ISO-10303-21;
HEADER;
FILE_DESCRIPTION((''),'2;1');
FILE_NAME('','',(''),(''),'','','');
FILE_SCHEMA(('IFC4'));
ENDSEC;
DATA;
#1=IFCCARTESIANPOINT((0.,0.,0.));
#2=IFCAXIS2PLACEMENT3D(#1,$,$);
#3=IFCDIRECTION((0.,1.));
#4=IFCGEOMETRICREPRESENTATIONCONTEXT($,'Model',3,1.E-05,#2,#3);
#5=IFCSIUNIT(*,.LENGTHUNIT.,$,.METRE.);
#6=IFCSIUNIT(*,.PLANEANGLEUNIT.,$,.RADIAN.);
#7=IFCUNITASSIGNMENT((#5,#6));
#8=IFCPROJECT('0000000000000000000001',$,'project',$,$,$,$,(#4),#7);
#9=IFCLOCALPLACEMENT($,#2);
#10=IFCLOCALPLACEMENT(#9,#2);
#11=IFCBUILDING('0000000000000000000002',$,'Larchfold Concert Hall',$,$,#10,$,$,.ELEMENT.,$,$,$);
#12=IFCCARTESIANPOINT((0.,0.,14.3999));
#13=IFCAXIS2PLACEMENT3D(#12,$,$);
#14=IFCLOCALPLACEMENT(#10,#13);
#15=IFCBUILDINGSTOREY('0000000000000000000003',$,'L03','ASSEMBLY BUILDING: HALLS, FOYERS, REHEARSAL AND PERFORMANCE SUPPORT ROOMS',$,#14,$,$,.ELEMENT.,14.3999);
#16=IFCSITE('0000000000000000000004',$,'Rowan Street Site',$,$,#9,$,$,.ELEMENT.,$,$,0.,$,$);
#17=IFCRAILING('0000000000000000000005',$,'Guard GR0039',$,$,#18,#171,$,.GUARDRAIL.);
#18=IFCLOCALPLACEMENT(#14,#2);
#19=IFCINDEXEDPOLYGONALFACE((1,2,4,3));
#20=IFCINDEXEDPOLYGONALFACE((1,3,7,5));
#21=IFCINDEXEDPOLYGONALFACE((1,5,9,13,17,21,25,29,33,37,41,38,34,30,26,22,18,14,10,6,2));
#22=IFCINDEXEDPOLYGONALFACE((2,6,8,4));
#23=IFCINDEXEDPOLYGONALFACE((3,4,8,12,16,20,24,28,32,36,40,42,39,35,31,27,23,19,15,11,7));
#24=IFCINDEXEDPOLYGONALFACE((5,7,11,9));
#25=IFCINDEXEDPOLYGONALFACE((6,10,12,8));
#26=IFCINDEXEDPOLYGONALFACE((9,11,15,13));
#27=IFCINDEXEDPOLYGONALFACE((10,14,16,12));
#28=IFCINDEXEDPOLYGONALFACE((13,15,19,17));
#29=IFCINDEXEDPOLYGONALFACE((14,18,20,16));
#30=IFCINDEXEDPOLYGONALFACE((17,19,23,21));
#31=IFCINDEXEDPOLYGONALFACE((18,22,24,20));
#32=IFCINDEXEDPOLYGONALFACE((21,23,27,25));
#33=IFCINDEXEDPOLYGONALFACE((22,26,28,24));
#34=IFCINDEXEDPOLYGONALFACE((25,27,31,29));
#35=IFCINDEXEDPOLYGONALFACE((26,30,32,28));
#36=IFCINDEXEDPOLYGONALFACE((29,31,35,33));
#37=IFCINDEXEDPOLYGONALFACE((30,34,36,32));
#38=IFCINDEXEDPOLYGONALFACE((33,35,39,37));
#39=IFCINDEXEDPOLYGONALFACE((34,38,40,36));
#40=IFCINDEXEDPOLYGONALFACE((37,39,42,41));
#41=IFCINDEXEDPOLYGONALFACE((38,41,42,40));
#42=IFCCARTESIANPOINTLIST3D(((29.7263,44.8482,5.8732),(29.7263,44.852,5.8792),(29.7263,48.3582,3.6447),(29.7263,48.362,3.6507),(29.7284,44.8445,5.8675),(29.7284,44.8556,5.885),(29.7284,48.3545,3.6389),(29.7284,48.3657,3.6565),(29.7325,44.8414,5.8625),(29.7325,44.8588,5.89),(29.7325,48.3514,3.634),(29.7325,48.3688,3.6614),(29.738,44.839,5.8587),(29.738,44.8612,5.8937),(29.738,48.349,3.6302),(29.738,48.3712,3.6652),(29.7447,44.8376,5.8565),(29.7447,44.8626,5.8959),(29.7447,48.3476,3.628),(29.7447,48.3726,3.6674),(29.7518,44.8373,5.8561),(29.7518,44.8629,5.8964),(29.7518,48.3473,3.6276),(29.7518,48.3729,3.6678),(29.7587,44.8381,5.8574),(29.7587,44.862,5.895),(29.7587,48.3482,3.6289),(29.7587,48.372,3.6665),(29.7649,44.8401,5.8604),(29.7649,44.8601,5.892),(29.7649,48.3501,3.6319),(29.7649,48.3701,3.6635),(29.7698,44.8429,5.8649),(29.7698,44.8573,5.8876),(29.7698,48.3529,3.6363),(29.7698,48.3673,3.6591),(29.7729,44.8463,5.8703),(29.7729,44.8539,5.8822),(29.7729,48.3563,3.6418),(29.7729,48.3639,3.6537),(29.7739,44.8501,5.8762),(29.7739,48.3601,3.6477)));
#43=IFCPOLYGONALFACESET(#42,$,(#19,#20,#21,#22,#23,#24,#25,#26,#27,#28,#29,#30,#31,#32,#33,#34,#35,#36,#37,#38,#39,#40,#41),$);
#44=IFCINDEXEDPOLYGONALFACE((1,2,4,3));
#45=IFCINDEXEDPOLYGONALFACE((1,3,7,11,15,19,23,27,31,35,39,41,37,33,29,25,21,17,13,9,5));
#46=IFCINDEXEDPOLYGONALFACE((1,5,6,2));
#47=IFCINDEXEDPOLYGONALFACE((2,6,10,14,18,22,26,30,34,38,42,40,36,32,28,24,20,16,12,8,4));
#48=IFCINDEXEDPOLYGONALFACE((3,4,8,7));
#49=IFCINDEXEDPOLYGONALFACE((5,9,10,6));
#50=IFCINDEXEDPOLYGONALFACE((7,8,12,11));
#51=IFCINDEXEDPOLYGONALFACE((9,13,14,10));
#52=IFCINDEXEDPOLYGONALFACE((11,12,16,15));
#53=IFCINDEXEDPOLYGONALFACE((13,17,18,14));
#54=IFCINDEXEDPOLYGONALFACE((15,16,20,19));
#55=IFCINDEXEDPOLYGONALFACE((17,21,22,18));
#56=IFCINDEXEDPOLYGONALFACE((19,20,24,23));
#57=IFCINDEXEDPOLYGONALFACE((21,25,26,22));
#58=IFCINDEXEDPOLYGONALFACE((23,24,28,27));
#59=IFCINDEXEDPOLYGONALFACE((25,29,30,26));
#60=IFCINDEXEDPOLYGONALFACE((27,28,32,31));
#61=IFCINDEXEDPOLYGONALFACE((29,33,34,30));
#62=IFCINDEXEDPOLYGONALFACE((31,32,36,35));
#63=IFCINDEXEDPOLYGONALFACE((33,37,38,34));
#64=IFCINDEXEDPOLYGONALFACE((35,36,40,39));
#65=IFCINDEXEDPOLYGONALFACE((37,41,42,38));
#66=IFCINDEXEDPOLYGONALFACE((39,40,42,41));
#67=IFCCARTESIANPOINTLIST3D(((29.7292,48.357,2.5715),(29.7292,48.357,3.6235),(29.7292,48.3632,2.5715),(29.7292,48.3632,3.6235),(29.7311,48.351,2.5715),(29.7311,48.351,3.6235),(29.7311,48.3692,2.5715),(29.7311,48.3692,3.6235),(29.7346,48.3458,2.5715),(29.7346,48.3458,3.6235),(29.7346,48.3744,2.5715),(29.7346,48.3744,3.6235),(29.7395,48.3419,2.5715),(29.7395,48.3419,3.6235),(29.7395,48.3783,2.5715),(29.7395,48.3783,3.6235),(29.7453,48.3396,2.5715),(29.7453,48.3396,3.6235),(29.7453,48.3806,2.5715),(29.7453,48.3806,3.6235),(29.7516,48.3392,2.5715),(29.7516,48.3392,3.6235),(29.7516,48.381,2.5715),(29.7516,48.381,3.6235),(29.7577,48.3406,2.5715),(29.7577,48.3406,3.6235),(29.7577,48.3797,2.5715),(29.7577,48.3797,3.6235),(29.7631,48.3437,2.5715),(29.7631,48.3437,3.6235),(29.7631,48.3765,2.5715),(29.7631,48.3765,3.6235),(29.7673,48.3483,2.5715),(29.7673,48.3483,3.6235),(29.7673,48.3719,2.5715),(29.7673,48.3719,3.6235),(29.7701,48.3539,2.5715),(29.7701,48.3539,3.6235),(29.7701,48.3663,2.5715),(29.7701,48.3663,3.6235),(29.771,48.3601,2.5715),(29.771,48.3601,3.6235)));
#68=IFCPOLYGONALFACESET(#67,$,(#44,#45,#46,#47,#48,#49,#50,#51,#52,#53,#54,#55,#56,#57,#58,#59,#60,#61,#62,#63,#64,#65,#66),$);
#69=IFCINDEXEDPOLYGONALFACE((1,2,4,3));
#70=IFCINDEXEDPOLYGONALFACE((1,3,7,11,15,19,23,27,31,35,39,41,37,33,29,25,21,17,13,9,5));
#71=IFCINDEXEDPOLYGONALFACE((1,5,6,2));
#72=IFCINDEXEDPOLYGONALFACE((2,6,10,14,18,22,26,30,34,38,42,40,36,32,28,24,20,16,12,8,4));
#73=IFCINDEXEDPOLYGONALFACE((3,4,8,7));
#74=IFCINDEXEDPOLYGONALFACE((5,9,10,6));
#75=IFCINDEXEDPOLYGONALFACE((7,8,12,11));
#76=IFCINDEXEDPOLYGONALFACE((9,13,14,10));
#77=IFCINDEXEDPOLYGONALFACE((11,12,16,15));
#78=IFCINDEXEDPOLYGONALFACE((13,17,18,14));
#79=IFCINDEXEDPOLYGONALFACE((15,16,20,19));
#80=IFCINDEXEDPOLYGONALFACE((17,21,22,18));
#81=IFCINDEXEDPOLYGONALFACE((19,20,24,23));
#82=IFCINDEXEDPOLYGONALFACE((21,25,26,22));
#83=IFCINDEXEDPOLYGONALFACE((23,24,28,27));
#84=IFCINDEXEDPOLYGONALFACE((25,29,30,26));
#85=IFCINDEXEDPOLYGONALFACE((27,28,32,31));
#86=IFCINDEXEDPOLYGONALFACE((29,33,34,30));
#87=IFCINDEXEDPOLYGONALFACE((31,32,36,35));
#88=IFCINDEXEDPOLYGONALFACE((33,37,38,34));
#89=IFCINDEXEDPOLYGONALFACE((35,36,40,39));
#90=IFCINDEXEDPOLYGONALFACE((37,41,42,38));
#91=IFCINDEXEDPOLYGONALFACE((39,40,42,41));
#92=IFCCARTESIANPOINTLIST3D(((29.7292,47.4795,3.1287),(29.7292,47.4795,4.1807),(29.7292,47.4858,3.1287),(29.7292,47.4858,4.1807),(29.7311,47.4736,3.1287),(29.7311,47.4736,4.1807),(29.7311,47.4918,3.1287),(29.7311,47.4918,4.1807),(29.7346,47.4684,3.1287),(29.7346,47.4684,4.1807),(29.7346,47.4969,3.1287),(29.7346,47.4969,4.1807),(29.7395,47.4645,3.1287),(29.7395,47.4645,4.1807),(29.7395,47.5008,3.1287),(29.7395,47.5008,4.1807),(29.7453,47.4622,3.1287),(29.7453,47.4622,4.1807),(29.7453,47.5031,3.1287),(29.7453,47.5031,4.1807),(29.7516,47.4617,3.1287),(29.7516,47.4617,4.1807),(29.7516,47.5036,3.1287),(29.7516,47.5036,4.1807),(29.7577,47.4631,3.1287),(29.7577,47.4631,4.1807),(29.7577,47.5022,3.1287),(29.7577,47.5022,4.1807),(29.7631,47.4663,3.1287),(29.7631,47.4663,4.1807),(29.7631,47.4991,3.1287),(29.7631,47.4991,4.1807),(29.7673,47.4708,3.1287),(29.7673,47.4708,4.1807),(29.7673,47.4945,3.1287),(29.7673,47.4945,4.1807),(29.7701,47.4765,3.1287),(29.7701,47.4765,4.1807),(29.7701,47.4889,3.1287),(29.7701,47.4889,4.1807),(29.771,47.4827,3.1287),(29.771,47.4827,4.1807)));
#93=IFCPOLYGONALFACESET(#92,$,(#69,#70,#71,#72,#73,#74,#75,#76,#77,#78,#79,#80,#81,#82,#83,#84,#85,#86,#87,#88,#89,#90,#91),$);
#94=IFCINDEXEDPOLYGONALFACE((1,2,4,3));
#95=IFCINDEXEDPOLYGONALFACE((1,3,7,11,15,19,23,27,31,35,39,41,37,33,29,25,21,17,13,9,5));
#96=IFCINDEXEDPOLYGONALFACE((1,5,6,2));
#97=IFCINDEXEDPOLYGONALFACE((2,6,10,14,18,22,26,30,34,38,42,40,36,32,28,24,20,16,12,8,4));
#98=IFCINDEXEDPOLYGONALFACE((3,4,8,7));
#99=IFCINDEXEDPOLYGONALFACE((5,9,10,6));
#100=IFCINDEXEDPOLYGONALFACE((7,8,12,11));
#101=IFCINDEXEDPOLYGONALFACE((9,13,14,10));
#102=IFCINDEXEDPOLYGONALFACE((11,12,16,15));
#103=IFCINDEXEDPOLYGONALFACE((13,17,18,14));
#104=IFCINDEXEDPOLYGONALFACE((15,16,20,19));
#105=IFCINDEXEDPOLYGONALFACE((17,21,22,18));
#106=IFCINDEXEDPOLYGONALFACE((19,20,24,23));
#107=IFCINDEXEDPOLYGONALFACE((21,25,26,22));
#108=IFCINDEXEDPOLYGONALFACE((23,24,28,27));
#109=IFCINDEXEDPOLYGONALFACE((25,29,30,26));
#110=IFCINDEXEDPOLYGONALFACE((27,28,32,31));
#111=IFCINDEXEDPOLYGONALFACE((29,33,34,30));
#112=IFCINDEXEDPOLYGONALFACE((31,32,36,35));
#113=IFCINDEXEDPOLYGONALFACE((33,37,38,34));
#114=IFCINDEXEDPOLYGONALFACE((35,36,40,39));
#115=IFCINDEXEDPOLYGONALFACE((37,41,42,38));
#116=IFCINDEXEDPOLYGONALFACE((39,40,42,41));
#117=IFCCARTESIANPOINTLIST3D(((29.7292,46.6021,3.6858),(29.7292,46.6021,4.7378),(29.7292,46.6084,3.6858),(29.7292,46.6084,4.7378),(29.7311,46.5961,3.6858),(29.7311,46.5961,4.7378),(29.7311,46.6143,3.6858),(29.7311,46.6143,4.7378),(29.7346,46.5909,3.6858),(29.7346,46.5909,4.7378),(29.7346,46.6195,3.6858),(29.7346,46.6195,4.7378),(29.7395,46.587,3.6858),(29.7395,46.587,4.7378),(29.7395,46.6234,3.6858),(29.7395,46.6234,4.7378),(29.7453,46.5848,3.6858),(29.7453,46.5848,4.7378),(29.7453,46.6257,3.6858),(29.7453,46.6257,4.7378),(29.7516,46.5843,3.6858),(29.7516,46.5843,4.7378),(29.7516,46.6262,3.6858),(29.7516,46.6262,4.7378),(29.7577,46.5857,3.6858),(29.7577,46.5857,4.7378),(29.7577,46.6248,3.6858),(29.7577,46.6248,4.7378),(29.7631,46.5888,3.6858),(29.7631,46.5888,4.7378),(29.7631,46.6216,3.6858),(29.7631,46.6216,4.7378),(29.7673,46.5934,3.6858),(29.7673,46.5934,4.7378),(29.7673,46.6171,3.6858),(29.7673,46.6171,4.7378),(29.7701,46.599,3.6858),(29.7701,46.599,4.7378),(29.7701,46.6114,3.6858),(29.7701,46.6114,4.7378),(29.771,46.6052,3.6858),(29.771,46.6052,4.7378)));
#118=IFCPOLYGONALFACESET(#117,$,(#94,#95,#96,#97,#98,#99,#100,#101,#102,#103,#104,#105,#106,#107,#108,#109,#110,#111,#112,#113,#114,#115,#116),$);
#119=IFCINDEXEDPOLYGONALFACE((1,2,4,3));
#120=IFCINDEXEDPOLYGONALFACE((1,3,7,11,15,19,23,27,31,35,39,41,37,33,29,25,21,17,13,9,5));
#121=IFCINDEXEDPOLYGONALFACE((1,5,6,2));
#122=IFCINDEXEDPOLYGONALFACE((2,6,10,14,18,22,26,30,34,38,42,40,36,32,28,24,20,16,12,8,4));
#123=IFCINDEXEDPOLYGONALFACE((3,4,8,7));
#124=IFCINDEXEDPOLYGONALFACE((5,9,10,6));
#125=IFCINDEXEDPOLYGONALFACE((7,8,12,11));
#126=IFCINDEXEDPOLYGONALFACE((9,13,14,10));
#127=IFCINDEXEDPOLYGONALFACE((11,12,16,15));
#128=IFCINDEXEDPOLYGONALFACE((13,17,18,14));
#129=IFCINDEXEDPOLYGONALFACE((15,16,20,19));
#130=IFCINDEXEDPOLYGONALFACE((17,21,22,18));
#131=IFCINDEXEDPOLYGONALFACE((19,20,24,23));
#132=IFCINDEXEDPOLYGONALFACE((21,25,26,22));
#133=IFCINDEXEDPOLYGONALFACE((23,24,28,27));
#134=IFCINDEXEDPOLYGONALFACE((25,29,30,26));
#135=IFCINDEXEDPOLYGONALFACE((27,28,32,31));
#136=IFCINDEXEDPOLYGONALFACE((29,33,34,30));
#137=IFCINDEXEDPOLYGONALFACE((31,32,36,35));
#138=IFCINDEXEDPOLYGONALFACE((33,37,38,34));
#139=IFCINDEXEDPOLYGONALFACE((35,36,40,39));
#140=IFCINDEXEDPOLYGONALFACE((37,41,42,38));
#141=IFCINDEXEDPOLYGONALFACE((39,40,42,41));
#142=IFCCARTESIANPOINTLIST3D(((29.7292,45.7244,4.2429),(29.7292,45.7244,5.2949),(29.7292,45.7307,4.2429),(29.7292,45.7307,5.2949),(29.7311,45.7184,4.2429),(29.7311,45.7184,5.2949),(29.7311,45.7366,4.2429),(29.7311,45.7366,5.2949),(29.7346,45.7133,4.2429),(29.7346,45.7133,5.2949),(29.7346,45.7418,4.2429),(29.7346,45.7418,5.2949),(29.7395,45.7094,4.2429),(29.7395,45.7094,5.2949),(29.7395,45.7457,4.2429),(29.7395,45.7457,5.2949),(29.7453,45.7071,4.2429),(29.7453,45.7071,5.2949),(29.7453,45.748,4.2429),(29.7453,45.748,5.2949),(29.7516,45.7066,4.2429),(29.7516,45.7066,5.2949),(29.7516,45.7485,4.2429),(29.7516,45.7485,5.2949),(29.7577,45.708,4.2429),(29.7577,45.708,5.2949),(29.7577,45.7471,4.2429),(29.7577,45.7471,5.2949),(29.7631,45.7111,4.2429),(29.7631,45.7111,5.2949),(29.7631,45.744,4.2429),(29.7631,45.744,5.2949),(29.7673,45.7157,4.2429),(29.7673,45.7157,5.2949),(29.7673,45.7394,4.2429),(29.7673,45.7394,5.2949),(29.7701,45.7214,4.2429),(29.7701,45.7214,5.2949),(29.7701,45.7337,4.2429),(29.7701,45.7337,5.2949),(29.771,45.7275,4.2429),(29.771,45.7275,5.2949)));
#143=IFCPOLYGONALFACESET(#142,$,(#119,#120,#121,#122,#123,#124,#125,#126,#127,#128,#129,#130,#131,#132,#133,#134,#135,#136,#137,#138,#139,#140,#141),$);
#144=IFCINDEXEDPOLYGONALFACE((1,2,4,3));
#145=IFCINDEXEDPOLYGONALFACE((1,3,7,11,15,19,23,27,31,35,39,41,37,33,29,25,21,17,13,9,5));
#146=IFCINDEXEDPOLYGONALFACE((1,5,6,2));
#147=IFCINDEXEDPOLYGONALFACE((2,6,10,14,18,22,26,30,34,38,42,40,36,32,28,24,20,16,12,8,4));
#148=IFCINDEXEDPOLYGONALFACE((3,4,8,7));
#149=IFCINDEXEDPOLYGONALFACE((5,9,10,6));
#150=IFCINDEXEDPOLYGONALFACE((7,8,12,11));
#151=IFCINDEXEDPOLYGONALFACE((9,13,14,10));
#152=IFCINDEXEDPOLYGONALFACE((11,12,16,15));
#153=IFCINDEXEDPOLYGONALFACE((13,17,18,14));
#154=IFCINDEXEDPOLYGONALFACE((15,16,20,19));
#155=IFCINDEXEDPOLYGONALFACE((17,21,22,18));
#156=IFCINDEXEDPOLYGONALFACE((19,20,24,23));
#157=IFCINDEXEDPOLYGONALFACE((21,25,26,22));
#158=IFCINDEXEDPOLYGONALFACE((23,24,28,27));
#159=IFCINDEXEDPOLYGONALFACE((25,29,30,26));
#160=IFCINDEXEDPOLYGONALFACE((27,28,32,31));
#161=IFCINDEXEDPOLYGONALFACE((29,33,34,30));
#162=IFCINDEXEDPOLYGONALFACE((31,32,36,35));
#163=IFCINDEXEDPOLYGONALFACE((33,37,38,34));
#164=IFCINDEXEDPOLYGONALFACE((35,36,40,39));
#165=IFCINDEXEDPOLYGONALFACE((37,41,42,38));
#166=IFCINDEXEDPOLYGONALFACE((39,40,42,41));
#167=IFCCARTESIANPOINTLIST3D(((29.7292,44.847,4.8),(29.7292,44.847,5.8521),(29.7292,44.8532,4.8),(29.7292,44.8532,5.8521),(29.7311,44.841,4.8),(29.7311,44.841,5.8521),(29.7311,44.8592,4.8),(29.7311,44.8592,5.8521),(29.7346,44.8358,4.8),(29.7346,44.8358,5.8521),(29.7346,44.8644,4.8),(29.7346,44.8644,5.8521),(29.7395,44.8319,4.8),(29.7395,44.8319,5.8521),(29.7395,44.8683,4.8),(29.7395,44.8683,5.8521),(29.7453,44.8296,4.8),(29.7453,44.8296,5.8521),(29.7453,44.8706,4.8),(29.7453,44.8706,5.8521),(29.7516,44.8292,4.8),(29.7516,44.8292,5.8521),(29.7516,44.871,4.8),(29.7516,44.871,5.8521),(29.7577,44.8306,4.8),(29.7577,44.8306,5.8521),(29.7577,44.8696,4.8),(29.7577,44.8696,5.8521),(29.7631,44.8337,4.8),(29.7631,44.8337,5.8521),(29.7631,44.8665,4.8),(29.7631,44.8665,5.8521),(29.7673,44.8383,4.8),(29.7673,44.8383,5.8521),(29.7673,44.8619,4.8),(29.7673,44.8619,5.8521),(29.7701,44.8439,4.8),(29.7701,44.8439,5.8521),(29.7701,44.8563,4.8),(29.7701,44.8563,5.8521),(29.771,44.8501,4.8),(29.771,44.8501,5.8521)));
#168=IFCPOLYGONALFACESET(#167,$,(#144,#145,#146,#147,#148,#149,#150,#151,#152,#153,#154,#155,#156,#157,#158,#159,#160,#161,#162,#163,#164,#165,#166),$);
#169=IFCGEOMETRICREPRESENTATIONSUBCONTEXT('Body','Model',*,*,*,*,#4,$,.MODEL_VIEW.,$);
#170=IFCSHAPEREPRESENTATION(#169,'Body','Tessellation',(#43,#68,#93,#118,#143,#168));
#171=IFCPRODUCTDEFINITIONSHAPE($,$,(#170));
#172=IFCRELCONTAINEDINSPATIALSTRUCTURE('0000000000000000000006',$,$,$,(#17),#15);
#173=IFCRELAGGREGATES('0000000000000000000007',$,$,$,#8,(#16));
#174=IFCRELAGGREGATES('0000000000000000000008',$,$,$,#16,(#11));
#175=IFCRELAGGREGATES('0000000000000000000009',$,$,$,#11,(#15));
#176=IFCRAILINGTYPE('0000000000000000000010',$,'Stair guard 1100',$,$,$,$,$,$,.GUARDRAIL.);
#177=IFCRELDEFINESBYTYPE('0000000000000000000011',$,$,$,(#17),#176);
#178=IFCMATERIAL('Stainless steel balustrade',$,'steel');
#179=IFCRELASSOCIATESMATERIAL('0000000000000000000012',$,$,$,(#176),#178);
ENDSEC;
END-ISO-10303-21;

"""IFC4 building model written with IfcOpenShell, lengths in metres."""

from ifc_helpers import new_model, si_unit, direction, frame, origin, origin_2d, place, context, subcontext, project, spatial, circle, extrude, material, type_object, element, save


model = new_model("IFC4")

# Units and contexts
model_context = context("Model", 3, precision=1e-05, world=origin(), true_north=direction((0.0, 1.0)))
body_context = subcontext(model_context, "Body", "Model", "MODEL_VIEW")
ifc_project = project(units=[si_unit("LENGTHUNIT", "METRE"), si_unit("PLANEANGLEUNIT", "RADIAN")], contexts=[model_context])

# Site, building, storey
site_placement = place(None, origin())
site = spatial("IfcSite", under=ifc_project, at=site_placement, Name="Rowan Street Site", CompositionType="ELEMENT", RefElevation=0.0)
building_placement = place(site_placement, origin())
building = spatial("IfcBuilding", under=site, at=building_placement, Name="Larchfold Concert Hall", CompositionType="ELEMENT")
storey_placement = place(building_placement, frame((0.0, 0.0, 14.3999)))
storey = spatial("IfcBuildingStorey", under=building, at=storey_placement, Name="L03", Description="ASSEMBLY BUILDING: HALLS, FOYERS, REHEARSAL AND PERFORMANCE SUPPORT ROOMS", CompositionType="ELEMENT", Elevation=14.3999)

# Railing
ifc_material_1 = material(Name="Stainless steel balustrade", Category="steel")
railing_type_1 = type_object("IfcRailingType", Name="Stair guard 1100", PredefinedType="GUARDRAIL", material=ifc_material_1)
railing_1_placement = place(storey_placement, frame((29.75, 48.3601, 2.5715)))
element("IfcRailing", 1, at=railing_1_placement, inside=storey, type_object=railing_type_1, Name="Guard GR0039", PredefinedType="GUARDRAIL", context=body_context, shape_type="SweptSolid", body=[
    extrude(circle(Radius=0.0239, at=origin_2d()), frame((0.0, 0.0, 1.0762), z_axis=(0.0, -0.84422, 0.535998), x_axis=(1.0, 0.0, 0.0)), (0.0, 0.0, 1.0), 4.1577),
    extrude(circle(Radius=0.021, at=origin_2d()), origin(), (0.0, 0.0, 1.0), 1.052),
    extrude(circle(Radius=0.021, at=origin_2d()), frame((0.0, -0.8774, 0.5571)), (0.0, 0.0, 1.0), 1.052),
    extrude(circle(Radius=0.021, at=origin_2d()), frame((0.0, -1.7549, 1.1143)), (0.0, 0.0, 1.0), 1.052),
    extrude(circle(Radius=0.021, at=origin_2d()), frame((0.0, -2.6326, 1.6714)), (0.0, 0.0, 1.0), 1.052),
    extrude(circle(Radius=0.021, at=origin_2d()), frame((0.0, -3.51, 2.2285)), (0.0, 0.0, 1.0), 1.052),
])

save(model, "model.ifc")
